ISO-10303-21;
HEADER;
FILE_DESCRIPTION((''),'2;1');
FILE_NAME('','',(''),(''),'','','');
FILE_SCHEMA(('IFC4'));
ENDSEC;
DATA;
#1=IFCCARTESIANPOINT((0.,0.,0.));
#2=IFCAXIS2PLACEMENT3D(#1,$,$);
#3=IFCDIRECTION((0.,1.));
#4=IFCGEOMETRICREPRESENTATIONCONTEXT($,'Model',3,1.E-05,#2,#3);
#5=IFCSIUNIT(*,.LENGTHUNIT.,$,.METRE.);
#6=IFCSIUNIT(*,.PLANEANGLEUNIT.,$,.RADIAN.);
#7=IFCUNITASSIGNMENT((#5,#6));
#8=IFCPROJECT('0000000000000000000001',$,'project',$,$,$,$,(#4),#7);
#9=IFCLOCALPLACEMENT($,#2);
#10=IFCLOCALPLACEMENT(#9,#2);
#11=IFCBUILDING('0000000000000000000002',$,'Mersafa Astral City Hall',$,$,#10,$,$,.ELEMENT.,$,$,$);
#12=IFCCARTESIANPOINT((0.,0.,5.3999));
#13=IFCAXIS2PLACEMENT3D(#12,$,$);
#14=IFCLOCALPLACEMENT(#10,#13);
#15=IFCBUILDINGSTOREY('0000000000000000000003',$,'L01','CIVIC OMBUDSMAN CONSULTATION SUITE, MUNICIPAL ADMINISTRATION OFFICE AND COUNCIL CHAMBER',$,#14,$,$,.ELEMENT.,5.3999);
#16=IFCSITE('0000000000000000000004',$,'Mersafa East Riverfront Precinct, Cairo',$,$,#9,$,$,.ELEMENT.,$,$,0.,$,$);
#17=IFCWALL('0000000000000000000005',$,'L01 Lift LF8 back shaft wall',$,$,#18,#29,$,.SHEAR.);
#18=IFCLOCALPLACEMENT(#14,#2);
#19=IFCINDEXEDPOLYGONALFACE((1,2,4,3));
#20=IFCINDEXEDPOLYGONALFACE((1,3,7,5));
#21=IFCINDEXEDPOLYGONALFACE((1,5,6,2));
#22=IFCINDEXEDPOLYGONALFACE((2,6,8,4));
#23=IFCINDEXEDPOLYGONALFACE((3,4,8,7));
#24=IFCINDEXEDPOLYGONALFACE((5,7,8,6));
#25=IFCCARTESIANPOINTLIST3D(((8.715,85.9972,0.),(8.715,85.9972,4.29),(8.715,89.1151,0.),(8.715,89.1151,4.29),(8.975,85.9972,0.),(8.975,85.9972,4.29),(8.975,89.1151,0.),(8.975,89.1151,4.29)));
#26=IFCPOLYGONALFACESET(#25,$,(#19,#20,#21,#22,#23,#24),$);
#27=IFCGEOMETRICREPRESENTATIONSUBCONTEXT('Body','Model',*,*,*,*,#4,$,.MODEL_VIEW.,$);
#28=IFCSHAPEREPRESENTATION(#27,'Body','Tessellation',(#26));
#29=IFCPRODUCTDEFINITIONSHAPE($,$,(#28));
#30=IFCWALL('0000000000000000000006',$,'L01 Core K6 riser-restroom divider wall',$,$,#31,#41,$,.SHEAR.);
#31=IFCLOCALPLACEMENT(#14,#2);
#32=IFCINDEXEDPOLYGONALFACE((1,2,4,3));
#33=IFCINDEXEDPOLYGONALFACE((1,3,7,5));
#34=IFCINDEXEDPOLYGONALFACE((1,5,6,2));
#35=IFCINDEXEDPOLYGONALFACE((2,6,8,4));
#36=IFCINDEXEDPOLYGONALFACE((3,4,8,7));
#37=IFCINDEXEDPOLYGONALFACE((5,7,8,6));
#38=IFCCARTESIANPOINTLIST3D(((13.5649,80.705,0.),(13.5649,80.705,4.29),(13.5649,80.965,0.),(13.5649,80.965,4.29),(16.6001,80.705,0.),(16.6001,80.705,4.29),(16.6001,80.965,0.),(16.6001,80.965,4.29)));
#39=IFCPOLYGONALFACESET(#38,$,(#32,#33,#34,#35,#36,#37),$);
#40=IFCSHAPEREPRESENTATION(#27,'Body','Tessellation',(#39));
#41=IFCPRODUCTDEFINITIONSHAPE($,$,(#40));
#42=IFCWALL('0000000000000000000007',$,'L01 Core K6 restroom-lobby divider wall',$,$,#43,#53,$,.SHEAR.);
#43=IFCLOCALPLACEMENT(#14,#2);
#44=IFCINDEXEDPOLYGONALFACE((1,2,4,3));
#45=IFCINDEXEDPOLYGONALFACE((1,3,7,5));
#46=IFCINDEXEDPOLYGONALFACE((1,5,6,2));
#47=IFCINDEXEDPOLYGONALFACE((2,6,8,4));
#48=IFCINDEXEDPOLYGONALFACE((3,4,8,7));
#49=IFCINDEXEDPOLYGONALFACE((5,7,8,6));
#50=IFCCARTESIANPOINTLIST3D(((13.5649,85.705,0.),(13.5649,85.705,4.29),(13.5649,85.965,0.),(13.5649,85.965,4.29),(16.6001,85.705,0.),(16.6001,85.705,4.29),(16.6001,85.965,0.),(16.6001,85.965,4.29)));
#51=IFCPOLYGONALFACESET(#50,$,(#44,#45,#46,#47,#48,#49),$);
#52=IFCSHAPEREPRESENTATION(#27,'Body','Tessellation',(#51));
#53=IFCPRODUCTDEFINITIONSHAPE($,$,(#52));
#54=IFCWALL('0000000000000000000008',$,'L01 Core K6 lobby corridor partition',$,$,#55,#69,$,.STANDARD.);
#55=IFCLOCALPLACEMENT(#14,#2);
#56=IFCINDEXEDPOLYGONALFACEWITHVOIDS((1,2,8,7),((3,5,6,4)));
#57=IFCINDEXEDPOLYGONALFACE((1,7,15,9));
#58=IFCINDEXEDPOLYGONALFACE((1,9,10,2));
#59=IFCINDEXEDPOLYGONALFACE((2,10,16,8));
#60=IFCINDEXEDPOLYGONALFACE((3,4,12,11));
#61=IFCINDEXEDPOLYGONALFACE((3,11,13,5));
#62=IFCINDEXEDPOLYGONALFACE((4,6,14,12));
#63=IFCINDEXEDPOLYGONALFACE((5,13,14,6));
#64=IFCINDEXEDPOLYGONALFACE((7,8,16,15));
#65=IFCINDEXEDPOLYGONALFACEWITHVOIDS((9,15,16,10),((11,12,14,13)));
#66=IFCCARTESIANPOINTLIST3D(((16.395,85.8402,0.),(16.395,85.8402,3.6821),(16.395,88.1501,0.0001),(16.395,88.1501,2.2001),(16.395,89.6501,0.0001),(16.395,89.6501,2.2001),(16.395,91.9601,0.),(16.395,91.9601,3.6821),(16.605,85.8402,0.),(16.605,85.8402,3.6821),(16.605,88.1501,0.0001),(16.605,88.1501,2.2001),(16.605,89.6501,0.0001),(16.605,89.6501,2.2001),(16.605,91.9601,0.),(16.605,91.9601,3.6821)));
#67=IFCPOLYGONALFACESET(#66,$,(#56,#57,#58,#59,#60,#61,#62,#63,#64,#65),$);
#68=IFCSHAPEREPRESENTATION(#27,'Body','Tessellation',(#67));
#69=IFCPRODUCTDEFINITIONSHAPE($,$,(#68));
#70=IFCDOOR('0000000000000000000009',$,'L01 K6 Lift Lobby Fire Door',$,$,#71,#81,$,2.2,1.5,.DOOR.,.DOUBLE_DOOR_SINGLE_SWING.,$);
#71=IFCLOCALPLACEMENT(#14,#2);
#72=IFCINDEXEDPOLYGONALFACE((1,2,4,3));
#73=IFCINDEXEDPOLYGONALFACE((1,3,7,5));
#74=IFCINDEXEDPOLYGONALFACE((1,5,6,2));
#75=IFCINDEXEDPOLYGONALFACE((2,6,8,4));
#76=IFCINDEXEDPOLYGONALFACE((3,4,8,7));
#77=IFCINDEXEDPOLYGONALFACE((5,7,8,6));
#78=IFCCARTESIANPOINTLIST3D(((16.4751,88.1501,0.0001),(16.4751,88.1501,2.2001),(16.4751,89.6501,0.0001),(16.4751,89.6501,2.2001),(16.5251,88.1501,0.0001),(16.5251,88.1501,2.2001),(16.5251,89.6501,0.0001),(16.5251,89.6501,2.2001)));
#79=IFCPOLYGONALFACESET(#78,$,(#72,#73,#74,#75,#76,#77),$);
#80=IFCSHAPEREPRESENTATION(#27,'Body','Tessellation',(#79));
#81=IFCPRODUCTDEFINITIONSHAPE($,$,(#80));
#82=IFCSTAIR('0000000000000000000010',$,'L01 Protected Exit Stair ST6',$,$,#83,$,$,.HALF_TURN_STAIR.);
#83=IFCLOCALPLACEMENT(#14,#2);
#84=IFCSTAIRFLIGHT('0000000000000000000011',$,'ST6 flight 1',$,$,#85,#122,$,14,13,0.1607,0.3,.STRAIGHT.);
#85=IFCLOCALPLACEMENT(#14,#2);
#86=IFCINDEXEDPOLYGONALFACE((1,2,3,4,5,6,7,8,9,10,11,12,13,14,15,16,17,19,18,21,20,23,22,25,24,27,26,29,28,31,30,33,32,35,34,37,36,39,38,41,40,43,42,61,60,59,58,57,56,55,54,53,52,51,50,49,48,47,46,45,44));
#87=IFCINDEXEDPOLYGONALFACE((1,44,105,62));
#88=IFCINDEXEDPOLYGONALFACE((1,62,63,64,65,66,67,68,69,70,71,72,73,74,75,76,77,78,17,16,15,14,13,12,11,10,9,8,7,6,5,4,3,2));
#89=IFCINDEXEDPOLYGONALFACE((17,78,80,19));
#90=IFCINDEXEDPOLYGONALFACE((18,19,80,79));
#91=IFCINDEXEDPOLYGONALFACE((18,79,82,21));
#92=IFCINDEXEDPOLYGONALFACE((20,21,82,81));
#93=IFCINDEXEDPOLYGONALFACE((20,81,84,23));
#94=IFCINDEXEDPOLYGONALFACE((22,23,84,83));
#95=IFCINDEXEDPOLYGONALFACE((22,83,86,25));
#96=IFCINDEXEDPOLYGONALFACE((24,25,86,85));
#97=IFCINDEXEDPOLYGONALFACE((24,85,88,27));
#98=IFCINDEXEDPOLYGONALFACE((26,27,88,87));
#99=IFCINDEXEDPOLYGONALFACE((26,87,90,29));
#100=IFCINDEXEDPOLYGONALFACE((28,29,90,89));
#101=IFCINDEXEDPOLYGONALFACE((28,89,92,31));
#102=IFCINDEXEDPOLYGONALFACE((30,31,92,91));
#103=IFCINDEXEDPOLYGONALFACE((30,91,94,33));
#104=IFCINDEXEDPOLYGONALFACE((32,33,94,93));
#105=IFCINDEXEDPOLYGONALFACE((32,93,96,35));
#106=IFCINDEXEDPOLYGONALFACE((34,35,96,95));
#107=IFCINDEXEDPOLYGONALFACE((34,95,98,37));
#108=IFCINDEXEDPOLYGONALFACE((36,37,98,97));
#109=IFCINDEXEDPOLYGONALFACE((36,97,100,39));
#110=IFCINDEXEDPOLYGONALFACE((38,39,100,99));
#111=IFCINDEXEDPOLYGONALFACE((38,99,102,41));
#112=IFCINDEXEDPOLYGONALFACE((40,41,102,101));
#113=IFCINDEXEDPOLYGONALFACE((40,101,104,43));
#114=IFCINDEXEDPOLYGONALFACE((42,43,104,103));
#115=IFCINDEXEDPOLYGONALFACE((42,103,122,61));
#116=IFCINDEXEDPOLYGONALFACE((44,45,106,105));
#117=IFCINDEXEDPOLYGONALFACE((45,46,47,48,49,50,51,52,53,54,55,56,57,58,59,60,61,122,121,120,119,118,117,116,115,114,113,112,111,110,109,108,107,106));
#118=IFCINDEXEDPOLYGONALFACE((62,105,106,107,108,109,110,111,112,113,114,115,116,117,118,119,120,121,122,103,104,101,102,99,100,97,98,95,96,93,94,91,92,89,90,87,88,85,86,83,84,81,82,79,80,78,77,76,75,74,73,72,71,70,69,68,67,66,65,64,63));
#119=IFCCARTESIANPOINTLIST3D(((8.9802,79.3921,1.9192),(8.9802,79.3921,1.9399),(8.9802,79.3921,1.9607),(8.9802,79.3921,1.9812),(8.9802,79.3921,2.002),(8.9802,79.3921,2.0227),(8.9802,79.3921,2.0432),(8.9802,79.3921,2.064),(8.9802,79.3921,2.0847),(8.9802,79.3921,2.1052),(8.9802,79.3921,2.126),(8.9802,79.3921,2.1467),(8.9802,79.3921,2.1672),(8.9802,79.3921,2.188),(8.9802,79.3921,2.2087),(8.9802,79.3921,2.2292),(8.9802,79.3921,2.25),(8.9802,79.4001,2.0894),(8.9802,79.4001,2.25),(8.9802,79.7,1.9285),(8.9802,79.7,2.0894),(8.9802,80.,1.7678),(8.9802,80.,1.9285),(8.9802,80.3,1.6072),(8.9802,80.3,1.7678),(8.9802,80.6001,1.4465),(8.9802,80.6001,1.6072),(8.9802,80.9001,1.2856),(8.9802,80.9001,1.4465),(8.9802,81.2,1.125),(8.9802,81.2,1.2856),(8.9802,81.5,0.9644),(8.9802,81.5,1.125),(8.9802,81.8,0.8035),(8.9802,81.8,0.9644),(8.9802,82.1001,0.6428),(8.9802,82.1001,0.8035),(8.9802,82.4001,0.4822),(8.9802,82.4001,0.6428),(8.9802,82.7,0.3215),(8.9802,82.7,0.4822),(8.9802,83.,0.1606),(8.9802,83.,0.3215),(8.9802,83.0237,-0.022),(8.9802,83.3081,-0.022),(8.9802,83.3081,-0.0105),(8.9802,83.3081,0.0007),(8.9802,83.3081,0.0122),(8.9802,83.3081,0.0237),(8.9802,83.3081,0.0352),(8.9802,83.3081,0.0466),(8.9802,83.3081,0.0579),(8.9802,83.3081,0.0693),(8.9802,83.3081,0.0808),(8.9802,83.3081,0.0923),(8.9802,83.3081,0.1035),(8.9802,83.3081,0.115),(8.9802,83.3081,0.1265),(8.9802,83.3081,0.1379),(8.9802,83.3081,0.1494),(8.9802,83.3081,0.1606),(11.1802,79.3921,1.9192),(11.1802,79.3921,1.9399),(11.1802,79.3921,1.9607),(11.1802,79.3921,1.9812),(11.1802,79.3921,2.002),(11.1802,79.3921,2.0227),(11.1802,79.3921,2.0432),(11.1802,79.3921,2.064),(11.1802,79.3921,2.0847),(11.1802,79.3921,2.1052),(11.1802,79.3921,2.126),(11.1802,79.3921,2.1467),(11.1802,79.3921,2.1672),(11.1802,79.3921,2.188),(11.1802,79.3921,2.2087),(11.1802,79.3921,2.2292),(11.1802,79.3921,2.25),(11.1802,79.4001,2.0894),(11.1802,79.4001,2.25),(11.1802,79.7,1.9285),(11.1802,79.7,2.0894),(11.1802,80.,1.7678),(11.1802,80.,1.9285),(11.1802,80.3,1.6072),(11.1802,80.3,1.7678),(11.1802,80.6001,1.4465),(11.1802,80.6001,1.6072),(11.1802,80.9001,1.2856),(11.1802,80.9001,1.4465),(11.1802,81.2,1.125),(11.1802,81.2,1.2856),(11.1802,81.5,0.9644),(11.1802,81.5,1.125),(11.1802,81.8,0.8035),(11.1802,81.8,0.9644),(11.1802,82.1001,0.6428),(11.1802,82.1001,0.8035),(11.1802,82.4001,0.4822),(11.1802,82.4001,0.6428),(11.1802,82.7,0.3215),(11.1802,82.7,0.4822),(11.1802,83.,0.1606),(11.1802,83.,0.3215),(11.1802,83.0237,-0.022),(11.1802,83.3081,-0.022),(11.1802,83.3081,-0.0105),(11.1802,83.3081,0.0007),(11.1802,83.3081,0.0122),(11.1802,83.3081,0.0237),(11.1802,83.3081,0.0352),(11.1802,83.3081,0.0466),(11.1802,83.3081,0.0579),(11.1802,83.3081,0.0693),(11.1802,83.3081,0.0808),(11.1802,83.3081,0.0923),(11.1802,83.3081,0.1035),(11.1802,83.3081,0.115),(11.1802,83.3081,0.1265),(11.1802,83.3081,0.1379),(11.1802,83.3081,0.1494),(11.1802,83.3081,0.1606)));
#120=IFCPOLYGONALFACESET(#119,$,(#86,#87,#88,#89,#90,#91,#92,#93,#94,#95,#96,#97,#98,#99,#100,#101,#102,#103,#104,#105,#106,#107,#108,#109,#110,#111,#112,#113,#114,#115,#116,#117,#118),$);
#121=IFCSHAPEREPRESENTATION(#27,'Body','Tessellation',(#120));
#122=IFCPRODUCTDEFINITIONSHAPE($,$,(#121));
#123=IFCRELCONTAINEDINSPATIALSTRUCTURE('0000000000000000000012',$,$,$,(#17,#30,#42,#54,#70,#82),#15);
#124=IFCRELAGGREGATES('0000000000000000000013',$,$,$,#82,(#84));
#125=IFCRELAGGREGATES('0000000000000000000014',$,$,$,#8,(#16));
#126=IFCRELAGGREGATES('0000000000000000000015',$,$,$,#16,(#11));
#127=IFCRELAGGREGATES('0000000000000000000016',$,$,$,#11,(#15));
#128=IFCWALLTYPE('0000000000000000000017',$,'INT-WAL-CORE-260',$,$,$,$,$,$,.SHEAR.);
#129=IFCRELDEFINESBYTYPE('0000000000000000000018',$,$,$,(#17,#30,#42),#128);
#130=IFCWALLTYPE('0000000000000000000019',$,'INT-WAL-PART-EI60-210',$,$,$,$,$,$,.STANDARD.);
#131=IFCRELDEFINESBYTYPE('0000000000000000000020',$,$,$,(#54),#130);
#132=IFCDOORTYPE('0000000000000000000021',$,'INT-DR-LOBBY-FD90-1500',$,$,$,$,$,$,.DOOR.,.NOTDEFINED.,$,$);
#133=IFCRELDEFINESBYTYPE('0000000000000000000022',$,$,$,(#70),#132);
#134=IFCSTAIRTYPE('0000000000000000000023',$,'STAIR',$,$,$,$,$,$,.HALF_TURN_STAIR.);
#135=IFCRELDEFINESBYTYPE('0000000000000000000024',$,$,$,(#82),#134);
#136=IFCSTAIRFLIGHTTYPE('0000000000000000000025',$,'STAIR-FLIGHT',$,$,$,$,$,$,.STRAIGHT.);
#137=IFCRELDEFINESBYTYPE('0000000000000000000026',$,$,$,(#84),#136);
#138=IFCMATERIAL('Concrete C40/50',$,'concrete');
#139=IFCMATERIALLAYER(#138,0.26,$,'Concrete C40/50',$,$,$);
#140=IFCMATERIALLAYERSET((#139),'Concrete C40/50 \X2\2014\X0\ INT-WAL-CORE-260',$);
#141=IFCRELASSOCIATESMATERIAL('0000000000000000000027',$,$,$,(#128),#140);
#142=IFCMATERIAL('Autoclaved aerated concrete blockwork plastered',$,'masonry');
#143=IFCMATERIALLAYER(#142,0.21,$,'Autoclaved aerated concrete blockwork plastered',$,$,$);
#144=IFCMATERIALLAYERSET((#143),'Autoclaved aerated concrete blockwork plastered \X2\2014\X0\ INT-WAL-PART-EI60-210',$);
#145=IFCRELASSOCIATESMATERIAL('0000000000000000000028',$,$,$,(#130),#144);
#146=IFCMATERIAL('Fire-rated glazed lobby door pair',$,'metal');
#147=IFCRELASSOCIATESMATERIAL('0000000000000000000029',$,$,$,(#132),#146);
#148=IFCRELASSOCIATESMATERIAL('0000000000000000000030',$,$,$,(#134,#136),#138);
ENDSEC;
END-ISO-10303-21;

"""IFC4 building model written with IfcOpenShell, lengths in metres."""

from ifc_helpers import new_model, si_unit, direction, frame, frame_2d, origin, place, context, subcontext, project, spatial, polyline, rectangle, outline, extrude, material, layer, layer_set, type_object, element, fill, aggregate, save


model = new_model("IFC4")

# Units and contexts
model_context = context("Model", 3, precision=1e-05, world=origin(), true_north=direction((0.0, 1.0)))
body_context = subcontext(model_context, "Body", "Model", "MODEL_VIEW")
ifc_project = project(units=[si_unit("LENGTHUNIT", "METRE"), si_unit("PLANEANGLEUNIT", "RADIAN")], contexts=[model_context])

# Site, building, storey
site_placement = place(None, origin())
site = spatial("IfcSite", under=ifc_project, at=site_placement, Name="Mersafa East Riverfront Precinct, Cairo", CompositionType="ELEMENT", RefElevation=0.0)
building_placement = place(site_placement, origin())
building = spatial("IfcBuilding", under=site, at=building_placement, Name="Mersafa Astral City Hall", CompositionType="ELEMENT")
storey_placement = place(building_placement, frame((0.0, 0.0, 5.3999)))
storey = spatial("IfcBuildingStorey", under=building, at=storey_placement, Name="L01", Description="CIVIC OMBUDSMAN CONSULTATION SUITE, MUNICIPAL ADMINISTRATION OFFICE AND COUNCIL CHAMBER", CompositionType="ELEMENT", Elevation=5.3999)

# Wall
ifc_material_1 = material(Name="Concrete C40/50", Category="concrete")
ifc_layer_1 = layer(ifc_material_1, 0.26, Name="Concrete C40/50")
ifc_layer_set_1 = layer_set([ifc_layer_1], Name="Concrete C40/50 — INT-WAL-CORE-260")
wall_type_1 = type_object("IfcWallType", Name="INT-WAL-CORE-260", PredefinedType="SHEAR", material=ifc_layer_set_1)
wall_1_placement = place(storey_placement, frame((8.845, 85.9971, 0.0), z_axis=(0.0, 0.0, 1.0), x_axis=(0.0, 1.0, 0.0)))
element("IfcWall", 1, at=wall_1_placement, inside=storey, type_object=wall_type_1, Name="L01 Lift LF8 back shaft wall", PredefinedType="SHEAR", context=body_context, shape_type="SweptSolid", body=[
    extrude(rectangle(XDim=3.1179, YDim=0.26, at=frame_2d((1.5591, 0.0))), origin(), (0.0, 0.0, 1.0), 4.29),
])

# Walls
for number, where, z_axis, x_axis, name in (
    (2, (13.5649, 80.835, 0.0), (0.0, 0.0, 1.0), (1.0, 0.0, 0.0), "L01 Core K6 riser-restroom divider wall"),
    (3, (13.5649, 85.835, 0.0), (0.0, 0.0, 1.0), (1.0, 0.0, 0.0), "L01 Core K6 restroom-lobby divider wall"),
):
    element("IfcWall", number, at=place(storey_placement, frame(where, z_axis=z_axis, x_axis=x_axis)), inside=storey, type_object=wall_type_1, Name=name, PredefinedType="SHEAR", context=body_context, shape_type="SweptSolid", body=[
        extrude(rectangle(XDim=3.0352, YDim=0.26, at=frame_2d((1.5176, 0.0))), origin(), (0.0, 0.0, 1.0), 4.29),
    ])

# Wall, opening, door
ifc_material_2 = material(Name="Autoclaved aerated concrete blockwork plastered", Category="masonry")
ifc_layer_2 = layer(ifc_material_2, 0.21, Name="Autoclaved aerated concrete blockwork plastered")
ifc_layer_set_2 = layer_set([ifc_layer_2], Name="Autoclaved aerated concrete blockwork plastered — INT-WAL-PART-EI60-210")
wall_type_2 = type_object("IfcWallType", Name="INT-WAL-PART-EI60-210", PredefinedType="STANDARD", material=ifc_layer_set_2)
wall_2_placement = place(storey_placement, frame((16.5, 85.8401, 0.0), z_axis=(0.0, 0.0, 1.0), x_axis=(0.0, 1.0, 0.0)))
wall_2 = element("IfcWall", 4, at=wall_2_placement, inside=storey, type_object=wall_type_2, Name="L01 Core K6 lobby corridor partition", PredefinedType="STANDARD", context=body_context, shape_type="SweptSolid", body=[
    extrude(rectangle(XDim=6.1199, YDim=0.21, at=frame_2d((3.0601, 0.0))), origin(), (0.0, 0.0, 1.0), 3.6821),
])
opening_1_placement = place(wall_2_placement, frame((2.3101, 0.0, 0.0)))
opening_1 = element("IfcOpeningElement", 5, at=opening_1_placement, cuts=wall_2, PredefinedType="OPENING", context=body_context, shape_type="SweptSolid", body=[
    extrude(rectangle(XDim=1.5, YDim=2.2, at=frame_2d((0.75, 1.1001))), frame((0.0, 0.115, 0.0), z_axis=(0.0, -1.0, 0.0), x_axis=(1.0, 0.0, 0.0)), (0.0, 0.0, 1.0), 0.23),
])
ifc_material_3 = material(Name="Fire-rated glazed lobby door pair", Category="metal")
door_type_1 = type_object("IfcDoorType", Name="INT-DR-LOBBY-FD90-1500", OperationType="NOTDEFINED", PredefinedType="DOOR", material=ifc_material_3)
door_1_placement = place(opening_1_placement, origin())
door_1 = element("IfcDoor", 6, at=door_1_placement, inside=storey, type_object=door_type_1, Name="L01 K6 Lift Lobby Fire Door", OperationType="DOUBLE_DOOR_SINGLE_SWING", OverallHeight=2.2, OverallWidth=1.5, PredefinedType="DOOR", context=body_context, shape_type="SweptSolid", body=[
    extrude(rectangle(XDim=1.5, YDim=2.2, at=frame_2d((0.75, 1.1001))), frame((0.0, 0.0249, 0.0), z_axis=(0.0, -1.0, 0.0), x_axis=(1.0, 0.0, 0.0)), (0.0, 0.0, 1.0), 0.05),
])
fill(opening_1, door_1)

# Stair, stair flight
stair_type = type_object("IfcStairType", Name="STAIR", PredefinedType="HALF_TURN_STAIR", material=ifc_material_1)
stair_placement = place(storey_placement, origin())
stair = element("IfcStair", 7, at=stair_placement, inside=storey, type_object=stair_type, Name="L01 Protected Exit Stair ST6", PredefinedType="HALF_TURN_STAIR")
stair_flight_type = type_object("IfcStairFlightType", Name="STAIR-FLIGHT", PredefinedType="STRAIGHT", material=ifc_material_1)
stair_flight_1_placement = place(storey_placement, frame((10.0801, 83.3, 0.0), z_axis=(0.0, 0.0, 1.0), x_axis=(0.0, -1.0, 0.0)))
stair_flight_1 = element("IfcStairFlight", 8, at=stair_flight_1_placement, type_object=stair_flight_type, Name="ST6 flight 1", NumberOfRisers=14, NumberOfTreads=13, PredefinedType="STRAIGHT", RiserHeight=0.1607, TreadLength=0.3, context=body_context, shape_type="SweptSolid", body=[
    extrude(outline(polyline([(-0.0081, -0.022), (-0.0081, -0.0105), (-0.0081, 0.0007), (-0.0081, 0.0122), (-0.0081, 0.0237), (-0.0081, 0.0352), (-0.0081, 0.0466), (-0.0081, 0.0579), (-0.0081, 0.0693), (-0.0081, 0.0808), (-0.0081, 0.0923), (-0.0081, 0.1035), (-0.0081, 0.115), (-0.0081, 0.1265), (-0.0081, 0.1379), (-0.0081, 0.1494), (-0.0081, 0.1606), (0.3, 0.1606), (0.3, 0.3215), (0.6001, 0.3215), (0.6001, 0.4822), (0.8999, 0.4822), (0.8999, 0.6428), (1.2, 0.6428), (1.2, 0.8035), (1.5, 0.8035), (1.5, 0.9644), (1.8, 0.9644), (1.8, 1.125), (2.1001, 1.125), (2.1001, 1.2856), (2.3999, 1.2856), (2.3999, 1.4465), (2.7, 1.4465), (2.7, 1.6072), (3.0, 1.6072), (3.0, 1.7678), (3.3, 1.7678), (3.3, 1.9285), (3.6001, 1.9285), (3.6001, 2.0894), (3.8999, 2.0894), (3.8999, 2.25), (3.908, 2.25), (3.908, 2.2292), (3.908, 2.2087), (3.908, 2.188), (3.908, 2.1672), (3.908, 2.1467), (3.908, 2.126), (3.908, 2.1052), (3.908, 2.0847), (3.908, 2.064), (3.908, 2.0432), (3.908, 2.0227), (3.908, 2.002), (3.908, 1.9812), (3.908, 1.9607), (3.908, 1.9399), (3.908, 1.9192), (0.2764, -0.022), (-0.0081, -0.022)])), frame((0.0, 1.1001, 0.0), z_axis=(0.0, -1.0, 0.0), x_axis=(1.0, 0.0, 0.0)), (0.0, 0.0, 1.0), 2.2),
])
aggregate(stair, [stair_flight_1])

save(model, "model.ifc")
